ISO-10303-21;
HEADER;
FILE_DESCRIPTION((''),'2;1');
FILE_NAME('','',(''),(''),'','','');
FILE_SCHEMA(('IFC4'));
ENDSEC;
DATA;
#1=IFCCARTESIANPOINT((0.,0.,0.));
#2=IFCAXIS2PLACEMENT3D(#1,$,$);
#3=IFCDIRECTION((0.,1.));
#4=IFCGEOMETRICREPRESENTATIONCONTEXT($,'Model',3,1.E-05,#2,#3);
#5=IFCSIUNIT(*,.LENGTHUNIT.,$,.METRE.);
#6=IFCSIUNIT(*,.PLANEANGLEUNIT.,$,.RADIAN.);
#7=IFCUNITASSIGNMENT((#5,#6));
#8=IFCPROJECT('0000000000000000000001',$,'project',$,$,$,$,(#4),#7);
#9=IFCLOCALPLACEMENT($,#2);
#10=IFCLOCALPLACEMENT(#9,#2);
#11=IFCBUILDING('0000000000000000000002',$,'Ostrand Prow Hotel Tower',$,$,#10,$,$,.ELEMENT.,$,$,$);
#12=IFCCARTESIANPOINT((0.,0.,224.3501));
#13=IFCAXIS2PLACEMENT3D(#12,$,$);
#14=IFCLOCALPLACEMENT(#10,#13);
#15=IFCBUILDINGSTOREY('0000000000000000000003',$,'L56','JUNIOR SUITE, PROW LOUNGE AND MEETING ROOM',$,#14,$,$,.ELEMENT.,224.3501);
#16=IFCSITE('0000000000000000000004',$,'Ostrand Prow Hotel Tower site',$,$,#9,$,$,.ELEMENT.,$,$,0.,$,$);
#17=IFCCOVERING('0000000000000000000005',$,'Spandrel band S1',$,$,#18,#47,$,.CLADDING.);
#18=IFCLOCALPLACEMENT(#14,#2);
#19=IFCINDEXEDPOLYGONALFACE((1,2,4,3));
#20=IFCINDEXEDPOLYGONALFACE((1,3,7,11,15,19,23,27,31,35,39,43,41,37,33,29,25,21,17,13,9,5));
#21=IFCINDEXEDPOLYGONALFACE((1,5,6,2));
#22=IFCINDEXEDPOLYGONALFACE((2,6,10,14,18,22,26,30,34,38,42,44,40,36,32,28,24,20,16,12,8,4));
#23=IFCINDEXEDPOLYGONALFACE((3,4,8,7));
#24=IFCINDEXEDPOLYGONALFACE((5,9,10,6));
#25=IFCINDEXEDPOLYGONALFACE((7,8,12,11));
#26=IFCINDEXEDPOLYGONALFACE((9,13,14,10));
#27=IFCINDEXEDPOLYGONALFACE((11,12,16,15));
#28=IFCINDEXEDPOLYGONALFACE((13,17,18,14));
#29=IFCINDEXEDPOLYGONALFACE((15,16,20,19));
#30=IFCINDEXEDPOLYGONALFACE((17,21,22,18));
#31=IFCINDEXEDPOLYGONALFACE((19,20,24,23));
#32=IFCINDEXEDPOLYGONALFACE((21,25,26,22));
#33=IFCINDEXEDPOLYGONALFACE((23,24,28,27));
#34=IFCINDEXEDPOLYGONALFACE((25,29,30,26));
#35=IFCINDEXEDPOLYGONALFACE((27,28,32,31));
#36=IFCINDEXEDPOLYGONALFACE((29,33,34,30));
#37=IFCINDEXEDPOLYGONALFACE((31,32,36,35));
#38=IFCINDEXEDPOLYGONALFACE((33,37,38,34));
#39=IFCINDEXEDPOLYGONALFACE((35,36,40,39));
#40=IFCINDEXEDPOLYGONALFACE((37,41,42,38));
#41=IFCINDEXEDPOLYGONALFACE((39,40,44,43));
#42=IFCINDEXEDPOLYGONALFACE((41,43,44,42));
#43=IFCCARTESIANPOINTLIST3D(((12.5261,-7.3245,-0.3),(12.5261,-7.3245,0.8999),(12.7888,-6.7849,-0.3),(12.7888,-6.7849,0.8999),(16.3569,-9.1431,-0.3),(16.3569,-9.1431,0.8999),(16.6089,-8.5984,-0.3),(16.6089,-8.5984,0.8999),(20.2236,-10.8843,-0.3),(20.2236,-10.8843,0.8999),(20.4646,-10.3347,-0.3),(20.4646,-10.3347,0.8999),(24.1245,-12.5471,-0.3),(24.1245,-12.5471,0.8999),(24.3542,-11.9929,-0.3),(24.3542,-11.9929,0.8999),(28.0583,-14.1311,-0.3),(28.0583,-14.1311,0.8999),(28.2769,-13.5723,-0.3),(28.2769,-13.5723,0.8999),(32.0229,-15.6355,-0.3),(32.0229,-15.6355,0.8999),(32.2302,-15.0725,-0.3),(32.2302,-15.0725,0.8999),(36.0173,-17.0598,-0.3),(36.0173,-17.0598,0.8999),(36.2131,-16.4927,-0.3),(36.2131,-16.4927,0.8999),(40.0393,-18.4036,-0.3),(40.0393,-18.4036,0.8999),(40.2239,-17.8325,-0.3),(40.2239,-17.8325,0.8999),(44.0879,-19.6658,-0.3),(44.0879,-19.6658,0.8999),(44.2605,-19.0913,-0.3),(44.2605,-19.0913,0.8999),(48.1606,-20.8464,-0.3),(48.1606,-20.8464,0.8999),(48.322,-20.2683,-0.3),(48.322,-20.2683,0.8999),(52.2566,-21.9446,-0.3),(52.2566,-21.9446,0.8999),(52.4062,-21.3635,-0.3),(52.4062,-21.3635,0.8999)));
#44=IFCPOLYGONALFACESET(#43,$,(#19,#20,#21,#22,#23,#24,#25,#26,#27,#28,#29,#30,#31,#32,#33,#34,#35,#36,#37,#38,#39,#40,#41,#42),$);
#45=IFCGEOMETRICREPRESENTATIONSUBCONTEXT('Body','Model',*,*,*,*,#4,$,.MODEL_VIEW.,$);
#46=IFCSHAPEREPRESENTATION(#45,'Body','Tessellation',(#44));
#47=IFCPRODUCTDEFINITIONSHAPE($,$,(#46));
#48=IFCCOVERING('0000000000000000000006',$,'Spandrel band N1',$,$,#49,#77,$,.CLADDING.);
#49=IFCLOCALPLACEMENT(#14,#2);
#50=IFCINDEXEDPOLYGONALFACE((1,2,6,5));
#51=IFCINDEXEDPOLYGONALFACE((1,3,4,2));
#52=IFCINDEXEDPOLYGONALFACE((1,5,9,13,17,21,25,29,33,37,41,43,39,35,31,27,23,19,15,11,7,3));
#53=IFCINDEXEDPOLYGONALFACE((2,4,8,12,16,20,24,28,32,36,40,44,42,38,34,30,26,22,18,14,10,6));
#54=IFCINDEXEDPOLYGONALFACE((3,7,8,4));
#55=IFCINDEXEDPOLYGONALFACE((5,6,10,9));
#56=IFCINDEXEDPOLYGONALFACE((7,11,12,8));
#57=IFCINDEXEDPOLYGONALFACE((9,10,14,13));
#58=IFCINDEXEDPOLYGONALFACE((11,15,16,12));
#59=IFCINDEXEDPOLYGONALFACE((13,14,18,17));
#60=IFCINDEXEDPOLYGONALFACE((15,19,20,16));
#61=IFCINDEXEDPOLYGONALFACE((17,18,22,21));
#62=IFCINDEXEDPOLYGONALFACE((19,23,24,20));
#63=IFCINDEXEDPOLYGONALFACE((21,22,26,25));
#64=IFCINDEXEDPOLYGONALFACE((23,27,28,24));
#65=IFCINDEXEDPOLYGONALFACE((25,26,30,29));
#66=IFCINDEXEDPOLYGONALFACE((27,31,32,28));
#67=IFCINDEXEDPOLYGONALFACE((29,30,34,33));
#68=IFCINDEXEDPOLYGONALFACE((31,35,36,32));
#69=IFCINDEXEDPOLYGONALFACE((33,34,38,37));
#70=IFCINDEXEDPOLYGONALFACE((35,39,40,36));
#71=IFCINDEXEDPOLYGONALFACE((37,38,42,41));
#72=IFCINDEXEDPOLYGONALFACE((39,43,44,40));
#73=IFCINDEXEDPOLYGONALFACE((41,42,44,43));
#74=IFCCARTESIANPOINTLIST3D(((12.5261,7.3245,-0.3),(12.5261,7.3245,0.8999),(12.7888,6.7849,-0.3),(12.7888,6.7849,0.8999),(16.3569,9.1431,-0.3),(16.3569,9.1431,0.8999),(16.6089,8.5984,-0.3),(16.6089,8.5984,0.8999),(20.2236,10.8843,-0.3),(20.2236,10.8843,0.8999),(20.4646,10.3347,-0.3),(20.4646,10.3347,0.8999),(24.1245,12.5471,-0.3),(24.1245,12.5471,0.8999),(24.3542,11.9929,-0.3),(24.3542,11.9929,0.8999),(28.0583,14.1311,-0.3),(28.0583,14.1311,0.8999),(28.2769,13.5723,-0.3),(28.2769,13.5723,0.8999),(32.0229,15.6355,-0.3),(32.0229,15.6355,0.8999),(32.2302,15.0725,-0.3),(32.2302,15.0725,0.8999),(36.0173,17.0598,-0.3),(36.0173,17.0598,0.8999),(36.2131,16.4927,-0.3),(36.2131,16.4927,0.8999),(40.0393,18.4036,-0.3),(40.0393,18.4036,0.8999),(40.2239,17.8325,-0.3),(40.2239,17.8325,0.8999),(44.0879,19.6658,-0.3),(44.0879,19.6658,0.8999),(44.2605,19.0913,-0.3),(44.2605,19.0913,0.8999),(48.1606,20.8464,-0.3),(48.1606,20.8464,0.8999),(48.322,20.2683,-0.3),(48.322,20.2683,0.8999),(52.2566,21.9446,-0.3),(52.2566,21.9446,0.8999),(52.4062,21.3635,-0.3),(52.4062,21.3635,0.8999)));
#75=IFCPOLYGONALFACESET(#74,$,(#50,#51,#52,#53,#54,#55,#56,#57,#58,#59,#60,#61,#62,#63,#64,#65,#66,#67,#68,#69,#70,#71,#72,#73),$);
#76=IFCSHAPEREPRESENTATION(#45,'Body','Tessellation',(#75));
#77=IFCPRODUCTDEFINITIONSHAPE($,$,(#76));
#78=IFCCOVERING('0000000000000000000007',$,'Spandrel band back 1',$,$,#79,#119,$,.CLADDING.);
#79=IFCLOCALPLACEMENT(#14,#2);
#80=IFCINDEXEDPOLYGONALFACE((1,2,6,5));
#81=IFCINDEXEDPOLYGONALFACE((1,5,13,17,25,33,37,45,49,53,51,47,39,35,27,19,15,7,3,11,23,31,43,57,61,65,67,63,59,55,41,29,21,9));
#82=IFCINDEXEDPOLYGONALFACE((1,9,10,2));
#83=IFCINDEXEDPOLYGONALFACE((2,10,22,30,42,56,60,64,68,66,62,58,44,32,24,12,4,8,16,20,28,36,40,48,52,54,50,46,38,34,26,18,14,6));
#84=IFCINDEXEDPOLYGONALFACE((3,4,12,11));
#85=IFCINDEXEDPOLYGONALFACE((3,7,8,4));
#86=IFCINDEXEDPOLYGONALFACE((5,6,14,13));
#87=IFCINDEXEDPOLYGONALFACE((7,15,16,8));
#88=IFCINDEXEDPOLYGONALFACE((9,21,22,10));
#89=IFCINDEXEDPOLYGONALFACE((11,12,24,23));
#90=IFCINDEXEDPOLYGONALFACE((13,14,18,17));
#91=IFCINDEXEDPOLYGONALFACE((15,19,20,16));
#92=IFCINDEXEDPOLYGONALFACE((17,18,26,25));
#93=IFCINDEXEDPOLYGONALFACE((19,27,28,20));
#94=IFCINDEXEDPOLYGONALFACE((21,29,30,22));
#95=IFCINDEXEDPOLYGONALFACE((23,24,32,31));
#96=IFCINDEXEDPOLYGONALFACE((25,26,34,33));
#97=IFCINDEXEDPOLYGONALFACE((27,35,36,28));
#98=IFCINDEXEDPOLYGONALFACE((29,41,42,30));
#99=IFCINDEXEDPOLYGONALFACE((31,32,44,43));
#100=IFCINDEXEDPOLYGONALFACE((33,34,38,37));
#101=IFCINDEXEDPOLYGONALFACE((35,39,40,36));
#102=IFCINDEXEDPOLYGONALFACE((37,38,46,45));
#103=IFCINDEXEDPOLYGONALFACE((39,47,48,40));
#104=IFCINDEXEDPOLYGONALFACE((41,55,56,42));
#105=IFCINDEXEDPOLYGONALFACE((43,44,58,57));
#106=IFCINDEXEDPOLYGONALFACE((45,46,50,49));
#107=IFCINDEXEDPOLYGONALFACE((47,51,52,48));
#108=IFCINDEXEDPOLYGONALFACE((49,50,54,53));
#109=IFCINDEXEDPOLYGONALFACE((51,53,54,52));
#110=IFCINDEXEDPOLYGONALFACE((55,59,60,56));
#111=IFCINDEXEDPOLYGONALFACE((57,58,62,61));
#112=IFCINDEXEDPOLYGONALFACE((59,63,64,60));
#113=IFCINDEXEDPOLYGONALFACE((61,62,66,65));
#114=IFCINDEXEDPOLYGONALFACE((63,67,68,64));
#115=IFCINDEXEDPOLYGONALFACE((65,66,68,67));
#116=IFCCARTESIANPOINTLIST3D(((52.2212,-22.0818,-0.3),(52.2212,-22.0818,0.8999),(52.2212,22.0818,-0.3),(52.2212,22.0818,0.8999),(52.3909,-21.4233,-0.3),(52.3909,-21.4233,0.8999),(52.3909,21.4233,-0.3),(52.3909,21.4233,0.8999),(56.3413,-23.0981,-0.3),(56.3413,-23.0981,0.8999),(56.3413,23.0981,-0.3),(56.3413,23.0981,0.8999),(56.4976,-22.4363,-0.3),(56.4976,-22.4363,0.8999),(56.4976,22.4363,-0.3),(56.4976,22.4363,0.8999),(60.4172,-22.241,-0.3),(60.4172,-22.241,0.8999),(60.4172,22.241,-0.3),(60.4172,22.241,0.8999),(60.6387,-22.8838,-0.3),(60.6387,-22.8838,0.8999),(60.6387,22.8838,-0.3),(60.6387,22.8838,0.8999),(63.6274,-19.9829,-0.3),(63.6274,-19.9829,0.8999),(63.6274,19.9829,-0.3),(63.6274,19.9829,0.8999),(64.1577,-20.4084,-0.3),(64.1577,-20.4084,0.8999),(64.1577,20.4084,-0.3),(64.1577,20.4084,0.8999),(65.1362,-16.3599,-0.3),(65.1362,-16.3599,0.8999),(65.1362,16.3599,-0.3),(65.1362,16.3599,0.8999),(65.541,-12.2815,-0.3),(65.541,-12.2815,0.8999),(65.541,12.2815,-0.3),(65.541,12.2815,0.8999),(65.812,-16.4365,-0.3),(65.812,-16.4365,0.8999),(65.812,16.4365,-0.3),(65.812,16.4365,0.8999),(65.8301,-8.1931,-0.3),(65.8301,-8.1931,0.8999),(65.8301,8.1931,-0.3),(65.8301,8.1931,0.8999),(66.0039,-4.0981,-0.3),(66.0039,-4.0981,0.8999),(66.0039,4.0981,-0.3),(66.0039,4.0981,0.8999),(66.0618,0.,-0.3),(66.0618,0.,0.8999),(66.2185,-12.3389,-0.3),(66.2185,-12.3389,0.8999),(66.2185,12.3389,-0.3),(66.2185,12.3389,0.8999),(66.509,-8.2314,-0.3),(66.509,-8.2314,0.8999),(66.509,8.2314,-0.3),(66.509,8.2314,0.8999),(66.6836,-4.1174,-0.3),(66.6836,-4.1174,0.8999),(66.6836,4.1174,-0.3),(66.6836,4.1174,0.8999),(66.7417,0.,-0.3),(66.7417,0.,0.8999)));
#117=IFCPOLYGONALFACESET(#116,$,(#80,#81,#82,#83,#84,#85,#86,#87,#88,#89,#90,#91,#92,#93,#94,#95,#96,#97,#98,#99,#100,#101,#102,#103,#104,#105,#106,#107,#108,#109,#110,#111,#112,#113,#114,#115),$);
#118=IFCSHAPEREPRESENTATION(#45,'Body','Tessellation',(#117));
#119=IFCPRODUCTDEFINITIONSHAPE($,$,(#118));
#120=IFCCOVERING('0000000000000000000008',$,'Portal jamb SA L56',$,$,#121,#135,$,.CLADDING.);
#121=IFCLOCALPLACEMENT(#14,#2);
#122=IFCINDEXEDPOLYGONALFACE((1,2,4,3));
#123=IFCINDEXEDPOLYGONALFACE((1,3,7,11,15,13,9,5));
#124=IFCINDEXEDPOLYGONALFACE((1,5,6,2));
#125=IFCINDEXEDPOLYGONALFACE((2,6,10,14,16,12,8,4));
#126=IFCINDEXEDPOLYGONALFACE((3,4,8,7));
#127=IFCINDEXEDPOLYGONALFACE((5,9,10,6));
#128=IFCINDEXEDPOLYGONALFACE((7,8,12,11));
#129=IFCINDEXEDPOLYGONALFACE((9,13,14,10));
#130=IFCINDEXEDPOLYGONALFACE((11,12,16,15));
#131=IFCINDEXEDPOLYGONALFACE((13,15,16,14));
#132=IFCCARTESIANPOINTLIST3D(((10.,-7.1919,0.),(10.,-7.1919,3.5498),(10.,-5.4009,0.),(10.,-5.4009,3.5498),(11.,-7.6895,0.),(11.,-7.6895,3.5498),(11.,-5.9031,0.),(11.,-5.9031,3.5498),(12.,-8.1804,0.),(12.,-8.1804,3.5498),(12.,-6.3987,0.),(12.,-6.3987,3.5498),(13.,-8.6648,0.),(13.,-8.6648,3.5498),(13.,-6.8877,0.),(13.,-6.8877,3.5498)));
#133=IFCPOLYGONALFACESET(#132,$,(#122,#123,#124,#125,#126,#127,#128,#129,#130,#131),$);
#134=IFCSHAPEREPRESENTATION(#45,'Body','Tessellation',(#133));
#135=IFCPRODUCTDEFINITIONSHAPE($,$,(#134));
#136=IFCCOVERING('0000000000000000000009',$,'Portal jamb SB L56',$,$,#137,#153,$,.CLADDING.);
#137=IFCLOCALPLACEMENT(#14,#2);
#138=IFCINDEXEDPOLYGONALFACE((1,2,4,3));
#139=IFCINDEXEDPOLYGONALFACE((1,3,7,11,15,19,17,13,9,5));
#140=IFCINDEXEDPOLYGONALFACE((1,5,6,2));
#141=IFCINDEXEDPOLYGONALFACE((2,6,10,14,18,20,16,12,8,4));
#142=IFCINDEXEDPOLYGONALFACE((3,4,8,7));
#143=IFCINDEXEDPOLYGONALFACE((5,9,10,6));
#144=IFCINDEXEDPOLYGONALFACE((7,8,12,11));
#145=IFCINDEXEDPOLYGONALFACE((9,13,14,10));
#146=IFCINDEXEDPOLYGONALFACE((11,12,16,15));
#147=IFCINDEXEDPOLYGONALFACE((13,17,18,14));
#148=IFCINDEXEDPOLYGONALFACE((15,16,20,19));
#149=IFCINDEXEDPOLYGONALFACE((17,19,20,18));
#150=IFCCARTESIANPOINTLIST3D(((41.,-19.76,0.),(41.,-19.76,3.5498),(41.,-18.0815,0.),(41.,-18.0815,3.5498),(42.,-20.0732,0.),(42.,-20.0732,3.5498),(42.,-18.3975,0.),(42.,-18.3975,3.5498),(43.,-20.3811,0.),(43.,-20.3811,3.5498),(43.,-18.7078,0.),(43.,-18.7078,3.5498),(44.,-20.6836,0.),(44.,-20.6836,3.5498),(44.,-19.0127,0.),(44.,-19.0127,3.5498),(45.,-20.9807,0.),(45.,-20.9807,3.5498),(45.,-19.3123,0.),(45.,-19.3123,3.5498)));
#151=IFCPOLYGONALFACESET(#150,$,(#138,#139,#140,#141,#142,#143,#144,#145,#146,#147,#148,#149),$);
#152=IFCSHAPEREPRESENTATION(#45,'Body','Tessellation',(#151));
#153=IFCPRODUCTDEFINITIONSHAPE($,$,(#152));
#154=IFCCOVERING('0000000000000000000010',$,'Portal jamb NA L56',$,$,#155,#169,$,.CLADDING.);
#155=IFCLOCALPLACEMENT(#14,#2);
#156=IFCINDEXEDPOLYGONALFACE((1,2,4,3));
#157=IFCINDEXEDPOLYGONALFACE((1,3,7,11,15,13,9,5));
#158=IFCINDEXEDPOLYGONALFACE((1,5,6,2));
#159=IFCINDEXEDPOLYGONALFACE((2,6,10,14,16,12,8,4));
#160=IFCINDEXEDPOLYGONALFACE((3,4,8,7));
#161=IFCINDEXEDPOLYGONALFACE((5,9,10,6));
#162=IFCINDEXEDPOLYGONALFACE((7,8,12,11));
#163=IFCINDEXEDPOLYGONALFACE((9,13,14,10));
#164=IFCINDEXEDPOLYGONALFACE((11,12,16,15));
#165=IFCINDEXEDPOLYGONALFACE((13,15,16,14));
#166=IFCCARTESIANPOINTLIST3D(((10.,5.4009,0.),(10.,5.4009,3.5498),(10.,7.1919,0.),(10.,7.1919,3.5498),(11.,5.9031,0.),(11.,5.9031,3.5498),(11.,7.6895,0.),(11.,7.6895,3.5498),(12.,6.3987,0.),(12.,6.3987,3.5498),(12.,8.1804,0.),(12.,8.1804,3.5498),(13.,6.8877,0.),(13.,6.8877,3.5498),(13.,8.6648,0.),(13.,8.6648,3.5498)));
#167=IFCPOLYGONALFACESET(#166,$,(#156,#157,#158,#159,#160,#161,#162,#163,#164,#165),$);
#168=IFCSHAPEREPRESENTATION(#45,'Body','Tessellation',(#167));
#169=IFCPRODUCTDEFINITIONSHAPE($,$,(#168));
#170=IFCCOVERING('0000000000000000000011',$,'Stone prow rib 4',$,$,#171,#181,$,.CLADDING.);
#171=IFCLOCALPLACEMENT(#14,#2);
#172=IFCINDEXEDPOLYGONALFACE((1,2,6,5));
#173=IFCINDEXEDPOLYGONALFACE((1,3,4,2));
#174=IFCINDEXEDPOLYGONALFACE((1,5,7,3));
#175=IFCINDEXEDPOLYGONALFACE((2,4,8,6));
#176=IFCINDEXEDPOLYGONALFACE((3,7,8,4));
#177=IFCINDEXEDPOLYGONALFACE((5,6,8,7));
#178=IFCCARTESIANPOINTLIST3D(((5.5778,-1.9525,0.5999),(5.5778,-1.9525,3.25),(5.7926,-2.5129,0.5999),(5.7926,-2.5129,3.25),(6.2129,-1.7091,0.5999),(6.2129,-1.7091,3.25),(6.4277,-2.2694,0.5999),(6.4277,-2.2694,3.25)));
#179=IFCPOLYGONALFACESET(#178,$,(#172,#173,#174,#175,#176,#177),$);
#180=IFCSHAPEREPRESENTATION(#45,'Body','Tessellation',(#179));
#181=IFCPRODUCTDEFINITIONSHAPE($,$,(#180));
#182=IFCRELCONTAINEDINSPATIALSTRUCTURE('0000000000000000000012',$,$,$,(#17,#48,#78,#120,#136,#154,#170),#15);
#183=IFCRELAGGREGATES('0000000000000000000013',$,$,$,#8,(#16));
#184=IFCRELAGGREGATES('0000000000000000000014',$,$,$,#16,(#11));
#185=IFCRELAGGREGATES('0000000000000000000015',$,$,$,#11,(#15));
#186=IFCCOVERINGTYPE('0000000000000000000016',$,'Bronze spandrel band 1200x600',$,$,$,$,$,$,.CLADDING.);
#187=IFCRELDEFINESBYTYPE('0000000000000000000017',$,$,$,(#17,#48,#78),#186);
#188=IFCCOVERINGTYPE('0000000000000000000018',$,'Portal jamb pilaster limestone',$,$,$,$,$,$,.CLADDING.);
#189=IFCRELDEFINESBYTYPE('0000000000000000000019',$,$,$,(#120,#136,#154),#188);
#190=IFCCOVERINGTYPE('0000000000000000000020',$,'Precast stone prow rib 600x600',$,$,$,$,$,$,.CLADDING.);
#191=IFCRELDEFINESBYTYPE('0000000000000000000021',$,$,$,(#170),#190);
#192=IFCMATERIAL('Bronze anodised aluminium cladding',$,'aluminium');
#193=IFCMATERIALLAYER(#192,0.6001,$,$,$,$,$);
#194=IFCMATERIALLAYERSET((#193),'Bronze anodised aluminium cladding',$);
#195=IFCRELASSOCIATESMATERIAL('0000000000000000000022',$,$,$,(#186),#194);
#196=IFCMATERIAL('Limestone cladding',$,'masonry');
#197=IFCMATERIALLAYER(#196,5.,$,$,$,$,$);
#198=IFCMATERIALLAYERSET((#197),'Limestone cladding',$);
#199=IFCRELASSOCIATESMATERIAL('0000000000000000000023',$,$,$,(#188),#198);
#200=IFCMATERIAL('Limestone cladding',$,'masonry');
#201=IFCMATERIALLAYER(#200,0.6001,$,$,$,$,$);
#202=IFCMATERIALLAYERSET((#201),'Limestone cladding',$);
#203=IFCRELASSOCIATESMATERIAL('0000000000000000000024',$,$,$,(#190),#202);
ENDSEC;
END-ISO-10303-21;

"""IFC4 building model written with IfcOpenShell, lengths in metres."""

from ifc_helpers import new_model, si_unit, direction, frame, frame_2d, origin, place, context, subcontext, project, spatial, polyline, rectangle, outline, extrude, material, layer, layer_set, type_object, element, save


model = new_model("IFC4")

# Units and contexts
model_context = context("Model", 3, precision=1e-05, world=origin(), true_north=direction((0.0, 1.0)))
body_context = subcontext(model_context, "Body", "Model", "MODEL_VIEW")
ifc_project = project(units=[si_unit("LENGTHUNIT", "METRE"), si_unit("PLANEANGLEUNIT", "RADIAN")], contexts=[model_context])

# Site, building, storey
site_placement = place(None, origin())
site = spatial("IfcSite", under=ifc_project, at=site_placement, Name="Ostrand Prow Hotel Tower site", CompositionType="ELEMENT", RefElevation=0.0)
building_placement = place(site_placement, origin())
building = spatial("IfcBuilding", under=site, at=building_placement, Name="Ostrand Prow Hotel Tower", CompositionType="ELEMENT")
storey_placement = place(building_placement, frame((0.0, 0.0, 224.3501)))
storey = spatial("IfcBuildingStorey", under=building, at=storey_placement, Name="L56", Description="JUNIOR SUITE, PROW LOUNGE AND MEETING ROOM", CompositionType="ELEMENT", Elevation=224.3501)

# Coverings
ifc_material_1 = material(Name="Bronze anodised aluminium cladding", Category="aluminium")
ifc_layer_1 = layer(ifc_material_1, 0.6001)
ifc_layer_set_1 = layer_set([ifc_layer_1], Name="Bronze anodised aluminium cladding")
covering_type_1 = type_object("IfcCoveringType", Name="Bronze spandrel band 1200x600", PredefinedType="CLADDING", material=ifc_layer_set_1)
covering_1_placement = place(storey_placement, frame((0.0, 0.0, -0.3)))
element("IfcCovering", 1, at=covering_1_placement, inside=storey, type_object=covering_type_1, Name="Spandrel band S1", PredefinedType="CLADDING", context=body_context, shape_type="SweptSolid", body=[
    extrude(outline(polyline([(12.5261, -7.3245), (16.3569, -9.1431), (20.2236, -10.8843), (24.1245, -12.5471), (28.0583, -14.1311), (32.0229, -15.6355), (36.0173, -17.0598), (40.0393, -18.4036), (44.0879, -19.6658), (48.1606, -20.8464), (52.2566, -21.9446), (52.4062, -21.3635), (48.322, -20.2683), (44.2605, -19.0913), (40.2239, -17.8325), (36.2131, -16.4927), (32.2302, -15.0725), (28.2769, -13.5723), (24.3542, -11.9929), (20.4646, -10.3347), (16.6089, -8.5984), (12.7888, -6.7849), (12.5261, -7.3245)])), origin(), (0.0, 0.0, 1.0), 1.2),
])
covering_2_placement = place(storey_placement, frame((0.0, 0.0, -0.3)))
element("IfcCovering", 2, at=covering_2_placement, inside=storey, type_object=covering_type_1, Name="Spandrel band N1", PredefinedType="CLADDING", context=body_context, shape_type="SweptSolid", body=[
    extrude(outline(polyline([(52.2566, 21.9446), (48.1606, 20.8464), (44.0879, 19.6658), (40.0393, 18.4036), (36.0173, 17.0598), (32.0229, 15.6355), (28.0583, 14.1311), (24.1245, 12.5471), (20.2236, 10.8843), (16.3569, 9.1431), (12.5261, 7.3245), (12.7888, 6.7849), (16.6089, 8.5984), (20.4646, 10.3347), (24.3542, 11.9929), (28.2769, 13.5723), (32.2302, 15.0725), (36.2131, 16.4927), (40.2239, 17.8325), (44.2605, 19.0913), (48.322, 20.2683), (52.4062, 21.3635), (52.2566, 21.9446)])), origin(), (0.0, 0.0, 1.0), 1.2),
])
covering_3_placement = place(storey_placement, frame((0.0, 0.0, -0.3)))
element("IfcCovering", 3, at=covering_3_placement, inside=storey, type_object=covering_type_1, Name="Spandrel band back 1", PredefinedType="CLADDING", context=body_context, shape_type="SweptSolid", body=[
    extrude(outline(polyline([(52.2212, -22.0818), (56.3413, -23.0981), (60.6387, -22.8838), (64.1577, -20.4084), (65.812, -16.4365), (66.2185, -12.3389), (66.509, -8.2314), (66.6836, -4.1174), (66.7417, 0.0), (66.6836, 4.1174), (66.509, 8.2314), (66.2185, 12.3389), (65.812, 16.4365), (64.1577, 20.4084), (60.6387, 22.8838), (56.3413, 23.0981), (52.2212, 22.0818), (52.3909, 21.4233), (56.4976, 22.4363), (60.4172, 22.241), (63.6274, 19.9829), (65.1362, 16.3599), (65.541, 12.2815), (65.8301, 8.1931), (66.0039, 4.0981), (66.0618, 0.0), (66.0039, -4.0981), (65.8301, -8.1931), (65.541, -12.2815), (65.1362, -16.3599), (63.6274, -19.9829), (60.4172, -22.241), (56.4976, -22.4363), (52.3909, -21.4233), (52.2212, -22.0818)])), origin(), (0.0, 0.0, 1.0), 1.2),
])
ifc_material_2 = material(Name="Limestone cladding", Category="masonry")
ifc_layer_2 = layer(ifc_material_2, 5.0)
ifc_layer_set_2 = layer_set([ifc_layer_2], Name="Limestone cladding")
covering_type_2 = type_object("IfcCoveringType", Name="Portal jamb pilaster limestone", PredefinedType="CLADDING", material=ifc_layer_set_2)
covering_4_placement = place(storey_placement, origin())
element("IfcCovering", 4, at=covering_4_placement, inside=storey, type_object=covering_type_2, Name="Portal jamb SA L56", PredefinedType="CLADDING", context=body_context, shape_type="SweptSolid", body=[
    extrude(outline(polyline([(10.0, -5.4009), (10.0, -7.1919), (11.0, -7.6895), (12.0, -8.1804), (13.0, -8.6648), (13.0, -6.8877), (12.0, -6.3987), (11.0, -5.9031), (10.0, -5.4009)])), origin(), (0.0, 0.0, 1.0), 3.5498),
])
covering_5_placement = place(storey_placement, origin())
element("IfcCovering", 5, at=covering_5_placement, inside=storey, type_object=covering_type_2, Name="Portal jamb SB L56", PredefinedType="CLADDING", context=body_context, shape_type="SweptSolid", body=[
    extrude(outline(polyline([(41.0, -18.0815), (41.0, -19.76), (42.0, -20.0732), (43.0, -20.3811), (44.0, -20.6836), (45.0, -20.9807), (45.0, -19.3123), (44.0, -19.0127), (43.0, -18.7078), (42.0, -18.3975), (41.0, -18.0815)])), origin(), (0.0, 0.0, 1.0), 3.5498),
])
covering_6_placement = place(storey_placement, origin())
element("IfcCovering", 6, at=covering_6_placement, inside=storey, type_object=covering_type_2, Name="Portal jamb NA L56", PredefinedType="CLADDING", context=body_context, shape_type="SweptSolid", body=[
    extrude(outline(polyline([(10.0, 5.4009), (11.0, 5.9031), (12.0, 6.3987), (13.0, 6.8877), (13.0, 8.6648), (12.0, 8.1804), (11.0, 7.6895), (10.0, 7.1919), (10.0, 5.4009)])), origin(), (0.0, 0.0, 1.0), 3.5498),
])
ifc_material_3 = material(Name="Limestone cladding", Category="masonry")
ifc_layer_3 = layer(ifc_material_3, 0.6001)
ifc_layer_set_3 = layer_set([ifc_layer_3], Name="Limestone cladding")
covering_type_3 = type_object("IfcCoveringType", Name="Precast stone prow rib 600x600", PredefinedType="CLADDING", material=ifc_layer_set_3)
covering_7_placement = place(storey_placement, frame((6.3203, -1.9893, 0.5999), z_axis=(0.0, 0.0, 1.0), x_axis=(-0.933752, -0.35792, 0.0)))
element("IfcCovering", 7, at=covering_7_placement, inside=storey, type_object=covering_type_3, Name="Stone prow rib 4", PredefinedType="CLADDING", context=body_context, shape_type="SweptSolid", body=[
    extrude(rectangle(XDim=0.6802, YDim=0.6001, at=frame_2d((0.3401, 0.0))), origin(), (0.0, 0.0, 1.0), 2.6501),
])

save(model, "model.ifc")
